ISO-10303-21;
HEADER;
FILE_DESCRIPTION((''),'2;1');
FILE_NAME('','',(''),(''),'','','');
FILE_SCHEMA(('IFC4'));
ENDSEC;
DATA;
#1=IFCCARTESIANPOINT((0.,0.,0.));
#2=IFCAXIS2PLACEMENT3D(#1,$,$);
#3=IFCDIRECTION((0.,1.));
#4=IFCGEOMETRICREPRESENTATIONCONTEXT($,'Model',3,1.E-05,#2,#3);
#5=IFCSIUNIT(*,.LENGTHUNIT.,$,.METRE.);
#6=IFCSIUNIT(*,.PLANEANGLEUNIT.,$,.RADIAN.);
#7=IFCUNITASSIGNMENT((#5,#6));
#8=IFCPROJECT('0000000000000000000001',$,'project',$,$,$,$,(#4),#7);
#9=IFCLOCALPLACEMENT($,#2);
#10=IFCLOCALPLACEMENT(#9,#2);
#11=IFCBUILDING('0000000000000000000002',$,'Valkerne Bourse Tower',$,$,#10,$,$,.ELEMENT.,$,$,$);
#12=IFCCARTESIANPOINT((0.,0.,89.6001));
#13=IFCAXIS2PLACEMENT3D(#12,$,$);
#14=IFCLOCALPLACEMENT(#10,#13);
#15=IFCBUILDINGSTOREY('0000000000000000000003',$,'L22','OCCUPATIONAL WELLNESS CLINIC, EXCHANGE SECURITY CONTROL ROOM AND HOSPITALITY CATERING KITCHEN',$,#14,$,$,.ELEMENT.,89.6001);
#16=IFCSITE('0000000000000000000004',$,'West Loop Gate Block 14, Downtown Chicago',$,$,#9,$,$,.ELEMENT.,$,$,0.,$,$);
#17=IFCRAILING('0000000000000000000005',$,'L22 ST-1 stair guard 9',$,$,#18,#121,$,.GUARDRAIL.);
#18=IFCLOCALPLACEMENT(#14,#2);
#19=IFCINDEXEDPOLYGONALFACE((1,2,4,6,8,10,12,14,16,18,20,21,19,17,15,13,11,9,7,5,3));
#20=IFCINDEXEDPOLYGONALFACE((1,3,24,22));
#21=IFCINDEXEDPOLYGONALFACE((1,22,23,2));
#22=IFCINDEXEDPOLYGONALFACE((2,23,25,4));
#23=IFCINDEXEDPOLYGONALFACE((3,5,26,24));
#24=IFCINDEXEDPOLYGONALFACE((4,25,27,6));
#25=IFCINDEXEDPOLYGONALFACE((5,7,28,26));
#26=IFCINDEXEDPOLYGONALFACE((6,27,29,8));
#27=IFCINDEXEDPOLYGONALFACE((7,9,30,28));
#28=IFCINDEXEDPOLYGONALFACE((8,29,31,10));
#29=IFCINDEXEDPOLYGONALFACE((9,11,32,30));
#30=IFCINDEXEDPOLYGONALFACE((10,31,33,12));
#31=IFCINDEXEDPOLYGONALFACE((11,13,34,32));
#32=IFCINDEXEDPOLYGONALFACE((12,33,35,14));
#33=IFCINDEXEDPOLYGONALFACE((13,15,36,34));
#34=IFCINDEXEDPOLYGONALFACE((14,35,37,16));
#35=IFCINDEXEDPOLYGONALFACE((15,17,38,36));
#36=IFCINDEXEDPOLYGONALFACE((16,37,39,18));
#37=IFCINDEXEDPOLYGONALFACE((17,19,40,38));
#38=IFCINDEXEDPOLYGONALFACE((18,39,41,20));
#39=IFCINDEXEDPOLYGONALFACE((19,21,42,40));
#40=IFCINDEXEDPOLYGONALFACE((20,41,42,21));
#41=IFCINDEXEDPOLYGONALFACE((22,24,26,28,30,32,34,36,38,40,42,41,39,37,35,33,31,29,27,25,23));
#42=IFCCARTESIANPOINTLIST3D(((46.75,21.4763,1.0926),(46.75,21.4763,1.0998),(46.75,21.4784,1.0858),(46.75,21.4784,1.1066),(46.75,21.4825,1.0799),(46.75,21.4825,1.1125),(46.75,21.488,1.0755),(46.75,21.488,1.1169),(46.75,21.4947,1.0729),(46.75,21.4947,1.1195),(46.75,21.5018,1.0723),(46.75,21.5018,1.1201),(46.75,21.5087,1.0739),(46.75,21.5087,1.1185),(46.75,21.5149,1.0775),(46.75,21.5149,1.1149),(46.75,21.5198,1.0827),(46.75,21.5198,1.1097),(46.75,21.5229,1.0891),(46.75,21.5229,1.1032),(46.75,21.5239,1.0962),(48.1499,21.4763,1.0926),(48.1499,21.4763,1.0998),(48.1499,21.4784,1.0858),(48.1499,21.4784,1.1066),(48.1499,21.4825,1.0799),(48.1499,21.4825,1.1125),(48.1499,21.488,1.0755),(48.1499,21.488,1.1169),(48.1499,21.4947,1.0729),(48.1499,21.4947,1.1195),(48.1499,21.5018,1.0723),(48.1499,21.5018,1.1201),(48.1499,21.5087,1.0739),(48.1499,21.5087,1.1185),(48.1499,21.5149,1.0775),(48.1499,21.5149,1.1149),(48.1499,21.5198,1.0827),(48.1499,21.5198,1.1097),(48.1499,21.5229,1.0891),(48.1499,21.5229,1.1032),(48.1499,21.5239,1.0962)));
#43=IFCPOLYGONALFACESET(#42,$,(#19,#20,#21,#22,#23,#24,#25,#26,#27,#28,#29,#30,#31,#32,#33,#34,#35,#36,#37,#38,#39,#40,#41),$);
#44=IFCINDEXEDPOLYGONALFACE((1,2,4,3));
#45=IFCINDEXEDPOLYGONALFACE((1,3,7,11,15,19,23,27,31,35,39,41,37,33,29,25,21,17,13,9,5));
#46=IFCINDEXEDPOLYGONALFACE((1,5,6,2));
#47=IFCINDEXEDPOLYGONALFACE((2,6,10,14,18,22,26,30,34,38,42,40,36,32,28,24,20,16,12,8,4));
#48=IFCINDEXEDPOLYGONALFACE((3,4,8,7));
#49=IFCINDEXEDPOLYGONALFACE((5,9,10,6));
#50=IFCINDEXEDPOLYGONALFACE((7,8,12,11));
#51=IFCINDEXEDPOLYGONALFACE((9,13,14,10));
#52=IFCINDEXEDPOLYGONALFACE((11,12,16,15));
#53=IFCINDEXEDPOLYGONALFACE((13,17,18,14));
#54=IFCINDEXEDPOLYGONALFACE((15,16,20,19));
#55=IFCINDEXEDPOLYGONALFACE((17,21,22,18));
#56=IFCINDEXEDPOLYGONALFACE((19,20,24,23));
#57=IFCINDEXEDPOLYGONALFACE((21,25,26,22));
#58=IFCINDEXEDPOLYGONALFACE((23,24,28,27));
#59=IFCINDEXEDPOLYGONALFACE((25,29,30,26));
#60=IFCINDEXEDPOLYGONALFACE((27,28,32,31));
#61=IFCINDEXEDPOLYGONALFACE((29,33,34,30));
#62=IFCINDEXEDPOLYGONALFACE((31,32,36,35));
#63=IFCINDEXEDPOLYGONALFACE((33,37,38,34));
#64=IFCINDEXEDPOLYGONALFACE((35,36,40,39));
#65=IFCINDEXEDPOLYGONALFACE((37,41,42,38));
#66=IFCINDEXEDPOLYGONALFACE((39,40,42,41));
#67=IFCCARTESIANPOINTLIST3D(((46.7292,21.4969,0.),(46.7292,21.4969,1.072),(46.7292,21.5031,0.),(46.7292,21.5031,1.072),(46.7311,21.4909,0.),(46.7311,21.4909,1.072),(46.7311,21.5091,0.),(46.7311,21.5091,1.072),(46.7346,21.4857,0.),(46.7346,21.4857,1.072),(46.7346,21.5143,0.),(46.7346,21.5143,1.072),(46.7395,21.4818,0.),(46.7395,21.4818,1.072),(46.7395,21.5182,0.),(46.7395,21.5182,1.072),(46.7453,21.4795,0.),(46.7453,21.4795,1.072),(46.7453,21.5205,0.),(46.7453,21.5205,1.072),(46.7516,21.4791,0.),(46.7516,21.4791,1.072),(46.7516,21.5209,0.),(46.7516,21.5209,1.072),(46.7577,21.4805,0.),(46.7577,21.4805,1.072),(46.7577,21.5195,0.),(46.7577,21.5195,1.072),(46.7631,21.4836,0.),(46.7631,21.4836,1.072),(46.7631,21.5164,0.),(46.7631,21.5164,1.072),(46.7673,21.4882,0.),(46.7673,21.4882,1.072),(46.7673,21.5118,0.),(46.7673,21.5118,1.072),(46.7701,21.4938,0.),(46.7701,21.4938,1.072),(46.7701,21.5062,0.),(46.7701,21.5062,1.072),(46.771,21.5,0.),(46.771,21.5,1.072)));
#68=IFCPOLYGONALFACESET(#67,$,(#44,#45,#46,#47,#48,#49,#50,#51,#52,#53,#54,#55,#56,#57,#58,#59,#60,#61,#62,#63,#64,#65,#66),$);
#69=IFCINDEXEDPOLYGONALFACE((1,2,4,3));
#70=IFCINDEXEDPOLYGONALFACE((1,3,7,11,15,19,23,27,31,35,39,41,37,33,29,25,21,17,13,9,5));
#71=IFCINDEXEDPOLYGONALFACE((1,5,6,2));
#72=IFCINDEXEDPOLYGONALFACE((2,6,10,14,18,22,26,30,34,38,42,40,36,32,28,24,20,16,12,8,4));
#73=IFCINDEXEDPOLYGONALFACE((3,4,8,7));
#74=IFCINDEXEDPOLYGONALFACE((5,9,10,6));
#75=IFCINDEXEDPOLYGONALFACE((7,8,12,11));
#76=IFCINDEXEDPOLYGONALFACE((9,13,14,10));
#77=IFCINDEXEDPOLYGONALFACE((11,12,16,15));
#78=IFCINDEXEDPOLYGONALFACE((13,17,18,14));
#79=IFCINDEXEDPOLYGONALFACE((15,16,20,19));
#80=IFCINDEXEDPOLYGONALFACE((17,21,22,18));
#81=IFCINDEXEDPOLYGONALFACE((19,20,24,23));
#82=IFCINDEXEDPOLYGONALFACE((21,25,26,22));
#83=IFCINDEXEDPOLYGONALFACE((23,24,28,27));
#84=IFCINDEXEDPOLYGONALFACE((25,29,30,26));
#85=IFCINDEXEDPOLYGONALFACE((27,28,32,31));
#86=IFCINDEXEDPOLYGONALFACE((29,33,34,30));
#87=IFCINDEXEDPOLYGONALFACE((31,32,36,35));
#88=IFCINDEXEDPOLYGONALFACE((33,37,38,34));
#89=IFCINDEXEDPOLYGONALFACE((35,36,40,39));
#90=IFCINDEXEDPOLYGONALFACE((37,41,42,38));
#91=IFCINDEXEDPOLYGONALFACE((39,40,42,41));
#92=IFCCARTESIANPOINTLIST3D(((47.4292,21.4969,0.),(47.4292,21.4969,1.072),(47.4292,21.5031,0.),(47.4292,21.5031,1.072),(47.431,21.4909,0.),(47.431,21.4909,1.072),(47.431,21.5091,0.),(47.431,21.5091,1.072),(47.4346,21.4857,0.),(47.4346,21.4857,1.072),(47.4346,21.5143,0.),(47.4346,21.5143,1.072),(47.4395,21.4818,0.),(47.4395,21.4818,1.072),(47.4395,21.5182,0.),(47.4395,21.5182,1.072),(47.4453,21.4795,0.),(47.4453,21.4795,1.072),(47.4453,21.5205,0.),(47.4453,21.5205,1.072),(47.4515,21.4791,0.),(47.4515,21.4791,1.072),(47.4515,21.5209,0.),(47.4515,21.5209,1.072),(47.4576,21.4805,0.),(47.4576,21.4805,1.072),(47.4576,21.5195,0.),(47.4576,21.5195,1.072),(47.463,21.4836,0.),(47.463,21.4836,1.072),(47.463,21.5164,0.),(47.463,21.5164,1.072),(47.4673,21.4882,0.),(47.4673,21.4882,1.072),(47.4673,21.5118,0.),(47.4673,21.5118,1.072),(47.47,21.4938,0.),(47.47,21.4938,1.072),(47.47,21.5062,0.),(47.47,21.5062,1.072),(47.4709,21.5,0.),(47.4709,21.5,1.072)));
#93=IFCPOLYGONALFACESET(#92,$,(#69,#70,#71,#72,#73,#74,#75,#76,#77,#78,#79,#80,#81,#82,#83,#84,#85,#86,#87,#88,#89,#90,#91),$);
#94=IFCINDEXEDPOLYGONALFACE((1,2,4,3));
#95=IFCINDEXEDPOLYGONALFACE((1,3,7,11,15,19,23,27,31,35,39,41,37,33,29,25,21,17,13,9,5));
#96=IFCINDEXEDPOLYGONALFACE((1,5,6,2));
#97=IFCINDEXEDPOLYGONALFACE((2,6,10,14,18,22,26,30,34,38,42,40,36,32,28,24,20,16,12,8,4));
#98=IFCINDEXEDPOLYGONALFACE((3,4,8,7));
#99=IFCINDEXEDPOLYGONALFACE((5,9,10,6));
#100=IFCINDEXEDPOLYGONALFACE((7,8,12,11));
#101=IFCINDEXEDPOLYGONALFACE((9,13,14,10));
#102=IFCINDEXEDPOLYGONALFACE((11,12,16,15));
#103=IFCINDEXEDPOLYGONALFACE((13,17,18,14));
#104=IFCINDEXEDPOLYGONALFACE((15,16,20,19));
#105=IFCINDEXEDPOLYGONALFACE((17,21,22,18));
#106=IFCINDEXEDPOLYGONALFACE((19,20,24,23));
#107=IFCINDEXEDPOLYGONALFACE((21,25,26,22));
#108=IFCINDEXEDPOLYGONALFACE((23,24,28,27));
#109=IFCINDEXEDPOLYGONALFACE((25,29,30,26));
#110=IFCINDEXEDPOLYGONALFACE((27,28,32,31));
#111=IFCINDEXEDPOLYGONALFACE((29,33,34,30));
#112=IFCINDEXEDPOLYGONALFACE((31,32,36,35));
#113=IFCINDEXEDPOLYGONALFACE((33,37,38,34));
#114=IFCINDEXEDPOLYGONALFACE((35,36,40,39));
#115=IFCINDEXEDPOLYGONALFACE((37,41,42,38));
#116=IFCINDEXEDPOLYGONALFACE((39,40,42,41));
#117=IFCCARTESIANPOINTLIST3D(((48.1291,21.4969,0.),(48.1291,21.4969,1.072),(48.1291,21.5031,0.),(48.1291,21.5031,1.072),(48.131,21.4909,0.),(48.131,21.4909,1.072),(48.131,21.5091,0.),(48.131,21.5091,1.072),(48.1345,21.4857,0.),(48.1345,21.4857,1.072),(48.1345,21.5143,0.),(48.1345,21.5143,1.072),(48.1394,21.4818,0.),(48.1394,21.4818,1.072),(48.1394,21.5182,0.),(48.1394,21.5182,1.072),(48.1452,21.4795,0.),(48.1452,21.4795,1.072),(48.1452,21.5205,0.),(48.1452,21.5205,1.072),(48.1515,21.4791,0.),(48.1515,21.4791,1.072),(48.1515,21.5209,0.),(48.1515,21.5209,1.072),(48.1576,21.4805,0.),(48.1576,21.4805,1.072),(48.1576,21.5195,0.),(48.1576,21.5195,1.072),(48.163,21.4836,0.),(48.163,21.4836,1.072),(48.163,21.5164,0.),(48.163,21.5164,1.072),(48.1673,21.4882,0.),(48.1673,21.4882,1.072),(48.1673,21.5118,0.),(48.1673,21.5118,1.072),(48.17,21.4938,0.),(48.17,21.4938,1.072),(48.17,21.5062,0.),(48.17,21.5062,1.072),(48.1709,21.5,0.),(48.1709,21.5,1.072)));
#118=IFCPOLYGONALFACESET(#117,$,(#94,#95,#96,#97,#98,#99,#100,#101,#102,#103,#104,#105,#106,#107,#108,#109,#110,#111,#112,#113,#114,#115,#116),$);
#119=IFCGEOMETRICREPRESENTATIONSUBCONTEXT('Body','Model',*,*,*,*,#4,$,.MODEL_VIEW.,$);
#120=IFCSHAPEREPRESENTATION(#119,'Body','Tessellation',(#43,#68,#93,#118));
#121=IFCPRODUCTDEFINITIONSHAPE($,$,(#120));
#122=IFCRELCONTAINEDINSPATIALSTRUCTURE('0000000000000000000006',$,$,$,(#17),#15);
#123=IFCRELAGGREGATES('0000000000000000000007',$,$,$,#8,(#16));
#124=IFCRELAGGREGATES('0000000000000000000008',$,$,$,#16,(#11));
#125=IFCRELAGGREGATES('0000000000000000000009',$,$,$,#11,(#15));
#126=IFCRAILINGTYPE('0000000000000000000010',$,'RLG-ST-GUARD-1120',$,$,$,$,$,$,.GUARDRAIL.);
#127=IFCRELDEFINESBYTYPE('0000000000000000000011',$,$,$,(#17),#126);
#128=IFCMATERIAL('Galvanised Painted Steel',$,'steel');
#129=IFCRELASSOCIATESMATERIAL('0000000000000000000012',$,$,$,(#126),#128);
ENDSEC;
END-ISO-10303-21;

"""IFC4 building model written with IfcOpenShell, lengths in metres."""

from ifc_helpers import new_model, si_unit, direction, frame, origin, origin_2d, place, context, subcontext, project, spatial, circle, extrude, material, type_object, element, save


model = new_model("IFC4")

# Units and contexts
model_context = context("Model", 3, precision=1e-05, world=origin(), true_north=direction((0.0, 1.0)))
body_context = subcontext(model_context, "Body", "Model", "MODEL_VIEW")
ifc_project = project(units=[si_unit("LENGTHUNIT", "METRE"), si_unit("PLANEANGLEUNIT", "RADIAN")], contexts=[model_context])

# Site, building, storey
site_placement = place(None, origin())
site = spatial("IfcSite", under=ifc_project, at=site_placement, Name="West Loop Gate Block 14, Downtown Chicago", CompositionType="ELEMENT", RefElevation=0.0)
building_placement = place(site_placement, origin())
building = spatial("IfcBuilding", under=site, at=building_placement, Name="Valkerne Bourse Tower", CompositionType="ELEMENT")
storey_placement = place(building_placement, frame((0.0, 0.0, 89.6001)))
storey = spatial("IfcBuildingStorey", under=building, at=storey_placement, Name="L22", Description="OCCUPATIONAL WELLNESS CLINIC, EXCHANGE SECURITY CONTROL ROOM AND HOSPITALITY CATERING KITCHEN", CompositionType="ELEMENT", Elevation=89.6001)

# Shared definitions
ifc_material_1 = material(Name="Galvanised Painted Steel", Category="steel")

# Railing
railing_type = type_object("IfcRailingType", Name="RLG-ST-GUARD-1120", PredefinedType="GUARDRAIL", material=ifc_material_1)
for number, where, name in (
    (1, (46.75, 21.5, 0.0), "L22 ST-1 stair guard 9"),
):
    element("IfcRailing", number, at=place(storey_placement, frame(where)), inside=storey, type_object=railing_type, Name=name, PredefinedType="GUARDRAIL", context=body_context, shape_type="SweptSolid", body=[
        extrude(circle(Radius=0.0239, at=origin_2d()), frame((0.0, 0.0, 1.0962), z_axis=(1.0, 0.0, 0.0), x_axis=(0.0, 1.0, 0.0)), (0.0, 0.0, 1.0), 1.3999),
        extrude(circle(Radius=0.021, at=origin_2d()), origin(), (0.0, 0.0, 1.0), 1.072),
        extrude(circle(Radius=0.021, at=origin_2d()), frame((0.7, 0.0, 0.0)), (0.0, 0.0, 1.0), 1.072),
        extrude(circle(Radius=0.021, at=origin_2d()), frame((1.3999, 0.0, 0.0)), (0.0, 0.0, 1.0), 1.072),
    ])

save(model, "model.ifc")
